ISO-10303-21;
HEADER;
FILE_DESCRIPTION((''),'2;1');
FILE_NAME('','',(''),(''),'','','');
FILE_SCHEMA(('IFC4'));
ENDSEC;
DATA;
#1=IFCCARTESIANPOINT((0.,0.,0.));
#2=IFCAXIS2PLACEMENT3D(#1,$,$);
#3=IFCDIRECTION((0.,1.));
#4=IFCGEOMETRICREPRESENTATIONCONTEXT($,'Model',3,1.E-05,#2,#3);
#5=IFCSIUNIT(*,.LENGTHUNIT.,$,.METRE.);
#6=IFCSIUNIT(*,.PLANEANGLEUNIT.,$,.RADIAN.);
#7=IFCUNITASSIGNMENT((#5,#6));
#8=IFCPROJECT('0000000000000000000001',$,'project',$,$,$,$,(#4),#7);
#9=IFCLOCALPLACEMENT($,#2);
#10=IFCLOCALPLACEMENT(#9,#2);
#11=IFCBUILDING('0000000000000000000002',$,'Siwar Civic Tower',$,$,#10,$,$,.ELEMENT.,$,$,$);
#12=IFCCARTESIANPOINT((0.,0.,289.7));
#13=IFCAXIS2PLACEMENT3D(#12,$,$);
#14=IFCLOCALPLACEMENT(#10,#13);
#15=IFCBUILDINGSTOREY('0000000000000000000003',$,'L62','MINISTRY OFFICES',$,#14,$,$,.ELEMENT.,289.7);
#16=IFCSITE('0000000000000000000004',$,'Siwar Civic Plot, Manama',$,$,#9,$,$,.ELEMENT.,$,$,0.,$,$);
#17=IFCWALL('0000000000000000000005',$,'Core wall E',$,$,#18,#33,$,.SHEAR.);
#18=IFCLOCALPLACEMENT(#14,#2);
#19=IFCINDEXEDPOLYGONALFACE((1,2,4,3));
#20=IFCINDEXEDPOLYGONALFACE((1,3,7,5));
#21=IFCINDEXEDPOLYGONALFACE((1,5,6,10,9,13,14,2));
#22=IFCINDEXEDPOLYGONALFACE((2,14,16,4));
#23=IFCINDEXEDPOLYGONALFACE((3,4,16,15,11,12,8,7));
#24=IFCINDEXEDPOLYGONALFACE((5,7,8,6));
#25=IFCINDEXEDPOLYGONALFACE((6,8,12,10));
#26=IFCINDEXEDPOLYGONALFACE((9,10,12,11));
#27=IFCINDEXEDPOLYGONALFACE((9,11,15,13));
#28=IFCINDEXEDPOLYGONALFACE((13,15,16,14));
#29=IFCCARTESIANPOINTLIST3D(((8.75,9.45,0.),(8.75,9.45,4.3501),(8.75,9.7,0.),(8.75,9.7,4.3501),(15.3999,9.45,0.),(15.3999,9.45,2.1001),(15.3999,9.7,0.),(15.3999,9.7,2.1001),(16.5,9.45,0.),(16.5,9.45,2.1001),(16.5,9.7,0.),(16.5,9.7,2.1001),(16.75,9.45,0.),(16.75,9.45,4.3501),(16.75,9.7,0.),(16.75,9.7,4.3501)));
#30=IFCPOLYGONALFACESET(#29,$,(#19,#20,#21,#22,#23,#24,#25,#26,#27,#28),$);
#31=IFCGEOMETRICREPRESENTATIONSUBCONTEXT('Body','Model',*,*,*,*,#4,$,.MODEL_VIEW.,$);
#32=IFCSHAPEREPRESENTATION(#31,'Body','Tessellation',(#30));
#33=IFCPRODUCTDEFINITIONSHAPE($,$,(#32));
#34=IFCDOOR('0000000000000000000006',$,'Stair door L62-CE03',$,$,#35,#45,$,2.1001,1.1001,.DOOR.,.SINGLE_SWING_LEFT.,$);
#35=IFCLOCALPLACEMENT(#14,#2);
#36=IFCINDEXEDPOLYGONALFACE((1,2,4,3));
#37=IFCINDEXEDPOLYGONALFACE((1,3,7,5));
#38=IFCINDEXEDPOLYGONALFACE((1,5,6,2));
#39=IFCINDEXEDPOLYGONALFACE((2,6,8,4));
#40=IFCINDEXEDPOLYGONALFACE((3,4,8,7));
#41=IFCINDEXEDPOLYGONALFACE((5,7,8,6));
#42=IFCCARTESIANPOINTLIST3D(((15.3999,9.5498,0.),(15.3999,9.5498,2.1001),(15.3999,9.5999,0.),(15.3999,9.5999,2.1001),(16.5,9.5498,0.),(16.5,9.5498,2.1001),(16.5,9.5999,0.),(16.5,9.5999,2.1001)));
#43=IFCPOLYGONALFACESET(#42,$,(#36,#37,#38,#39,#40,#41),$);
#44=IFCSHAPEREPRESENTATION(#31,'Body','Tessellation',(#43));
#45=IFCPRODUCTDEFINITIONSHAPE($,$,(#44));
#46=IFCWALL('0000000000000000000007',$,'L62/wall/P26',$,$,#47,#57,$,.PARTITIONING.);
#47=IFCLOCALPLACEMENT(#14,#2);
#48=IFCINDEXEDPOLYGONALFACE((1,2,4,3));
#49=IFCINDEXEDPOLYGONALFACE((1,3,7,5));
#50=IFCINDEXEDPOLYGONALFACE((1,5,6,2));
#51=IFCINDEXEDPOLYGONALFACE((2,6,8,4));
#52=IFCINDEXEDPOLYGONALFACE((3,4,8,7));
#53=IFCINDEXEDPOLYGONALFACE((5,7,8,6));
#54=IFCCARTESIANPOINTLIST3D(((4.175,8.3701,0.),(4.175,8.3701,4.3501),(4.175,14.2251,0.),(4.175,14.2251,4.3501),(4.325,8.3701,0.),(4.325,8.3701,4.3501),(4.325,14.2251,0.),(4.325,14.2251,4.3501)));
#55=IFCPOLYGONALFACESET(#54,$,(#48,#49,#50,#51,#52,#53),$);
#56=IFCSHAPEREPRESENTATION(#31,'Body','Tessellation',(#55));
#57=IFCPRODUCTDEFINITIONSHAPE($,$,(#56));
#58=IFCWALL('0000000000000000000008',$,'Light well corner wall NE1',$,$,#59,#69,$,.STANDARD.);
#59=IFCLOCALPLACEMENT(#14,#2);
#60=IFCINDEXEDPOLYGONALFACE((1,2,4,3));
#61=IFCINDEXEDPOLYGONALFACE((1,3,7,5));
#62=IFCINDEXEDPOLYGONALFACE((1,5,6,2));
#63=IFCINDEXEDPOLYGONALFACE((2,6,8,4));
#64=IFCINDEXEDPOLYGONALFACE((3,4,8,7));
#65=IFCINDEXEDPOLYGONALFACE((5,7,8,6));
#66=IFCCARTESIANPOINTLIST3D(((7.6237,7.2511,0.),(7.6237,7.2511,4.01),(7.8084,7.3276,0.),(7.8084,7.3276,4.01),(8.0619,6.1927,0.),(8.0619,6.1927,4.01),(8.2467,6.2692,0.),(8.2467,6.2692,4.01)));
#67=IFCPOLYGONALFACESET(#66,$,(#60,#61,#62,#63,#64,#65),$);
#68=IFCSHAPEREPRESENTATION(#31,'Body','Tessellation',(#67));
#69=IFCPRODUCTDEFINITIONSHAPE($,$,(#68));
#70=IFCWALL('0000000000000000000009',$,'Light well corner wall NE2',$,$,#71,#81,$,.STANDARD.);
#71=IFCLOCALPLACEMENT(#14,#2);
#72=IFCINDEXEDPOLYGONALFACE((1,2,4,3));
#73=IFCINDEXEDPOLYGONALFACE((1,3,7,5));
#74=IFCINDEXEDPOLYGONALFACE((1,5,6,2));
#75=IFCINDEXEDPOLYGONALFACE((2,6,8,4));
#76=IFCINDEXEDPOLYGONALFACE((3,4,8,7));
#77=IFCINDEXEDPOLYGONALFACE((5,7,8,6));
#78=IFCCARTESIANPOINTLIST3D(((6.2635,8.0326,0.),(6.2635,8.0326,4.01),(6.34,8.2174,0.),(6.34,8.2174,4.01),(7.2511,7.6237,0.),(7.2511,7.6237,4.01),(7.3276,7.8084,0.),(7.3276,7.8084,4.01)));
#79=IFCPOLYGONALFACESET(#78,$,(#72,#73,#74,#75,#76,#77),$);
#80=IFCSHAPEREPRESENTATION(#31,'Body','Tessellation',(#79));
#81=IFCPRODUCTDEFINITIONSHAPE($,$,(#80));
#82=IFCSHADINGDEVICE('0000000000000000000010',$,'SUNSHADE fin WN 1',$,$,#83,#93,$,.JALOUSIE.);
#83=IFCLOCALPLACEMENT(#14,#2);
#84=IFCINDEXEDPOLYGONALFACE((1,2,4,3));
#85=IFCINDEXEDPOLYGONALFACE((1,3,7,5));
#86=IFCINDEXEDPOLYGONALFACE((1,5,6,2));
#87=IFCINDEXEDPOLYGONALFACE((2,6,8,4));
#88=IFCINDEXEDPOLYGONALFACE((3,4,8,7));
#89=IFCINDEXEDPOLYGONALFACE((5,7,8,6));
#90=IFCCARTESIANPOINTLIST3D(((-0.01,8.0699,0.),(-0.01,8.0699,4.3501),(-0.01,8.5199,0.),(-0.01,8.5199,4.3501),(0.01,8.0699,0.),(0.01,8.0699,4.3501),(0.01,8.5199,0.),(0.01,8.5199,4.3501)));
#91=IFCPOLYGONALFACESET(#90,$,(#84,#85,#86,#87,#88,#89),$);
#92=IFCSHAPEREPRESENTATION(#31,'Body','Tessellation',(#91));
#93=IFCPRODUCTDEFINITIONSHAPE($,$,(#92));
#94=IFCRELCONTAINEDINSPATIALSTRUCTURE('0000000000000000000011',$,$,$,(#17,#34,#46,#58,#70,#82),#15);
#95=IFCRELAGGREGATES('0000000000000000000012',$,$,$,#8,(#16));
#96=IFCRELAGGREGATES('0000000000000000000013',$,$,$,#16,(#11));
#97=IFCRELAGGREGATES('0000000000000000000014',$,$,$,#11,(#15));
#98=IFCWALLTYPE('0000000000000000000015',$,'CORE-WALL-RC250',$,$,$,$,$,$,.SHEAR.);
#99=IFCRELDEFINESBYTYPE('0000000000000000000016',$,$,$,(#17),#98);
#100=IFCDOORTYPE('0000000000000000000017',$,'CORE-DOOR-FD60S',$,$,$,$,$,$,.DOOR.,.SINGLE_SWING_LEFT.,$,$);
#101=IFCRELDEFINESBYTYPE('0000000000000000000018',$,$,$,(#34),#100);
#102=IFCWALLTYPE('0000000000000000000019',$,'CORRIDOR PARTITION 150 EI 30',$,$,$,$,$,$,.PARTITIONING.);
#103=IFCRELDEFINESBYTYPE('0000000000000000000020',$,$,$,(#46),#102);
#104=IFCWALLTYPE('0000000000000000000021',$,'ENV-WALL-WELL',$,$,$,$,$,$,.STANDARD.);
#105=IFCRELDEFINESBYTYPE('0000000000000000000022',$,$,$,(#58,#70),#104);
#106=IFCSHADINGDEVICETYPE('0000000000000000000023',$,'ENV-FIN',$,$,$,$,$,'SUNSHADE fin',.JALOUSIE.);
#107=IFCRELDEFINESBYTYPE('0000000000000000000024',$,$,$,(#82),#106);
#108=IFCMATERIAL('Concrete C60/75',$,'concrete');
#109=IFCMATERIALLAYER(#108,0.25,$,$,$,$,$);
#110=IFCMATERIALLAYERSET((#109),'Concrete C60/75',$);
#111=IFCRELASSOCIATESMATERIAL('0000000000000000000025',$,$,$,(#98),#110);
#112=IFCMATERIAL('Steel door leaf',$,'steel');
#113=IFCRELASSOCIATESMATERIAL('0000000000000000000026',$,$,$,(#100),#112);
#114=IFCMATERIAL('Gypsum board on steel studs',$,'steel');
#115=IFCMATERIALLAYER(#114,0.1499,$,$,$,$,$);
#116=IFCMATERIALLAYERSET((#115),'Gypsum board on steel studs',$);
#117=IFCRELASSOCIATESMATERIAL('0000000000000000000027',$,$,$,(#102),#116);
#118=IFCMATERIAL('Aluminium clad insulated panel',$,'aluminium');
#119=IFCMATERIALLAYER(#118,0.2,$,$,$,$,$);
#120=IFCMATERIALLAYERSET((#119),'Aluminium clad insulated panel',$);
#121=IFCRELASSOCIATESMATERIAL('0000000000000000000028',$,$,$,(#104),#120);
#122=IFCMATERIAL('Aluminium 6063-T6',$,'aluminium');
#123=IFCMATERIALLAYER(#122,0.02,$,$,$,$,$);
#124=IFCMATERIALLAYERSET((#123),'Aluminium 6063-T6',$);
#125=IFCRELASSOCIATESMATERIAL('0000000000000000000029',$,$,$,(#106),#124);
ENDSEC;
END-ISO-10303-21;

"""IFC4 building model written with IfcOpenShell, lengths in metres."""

from ifc_helpers import new_model, si_unit, direction, frame, frame_2d, origin, origin_2d, place, context, subcontext, project, spatial, rectangle, extrude, material, layer, layer_set, type_object, element, fill, save


model = new_model("IFC4")

# Units and contexts
model_context = context("Model", 3, precision=1e-05, world=origin(), true_north=direction((0.0, 1.0)))
body_context = subcontext(model_context, "Body", "Model", "MODEL_VIEW")
ifc_project = project(units=[si_unit("LENGTHUNIT", "METRE"), si_unit("PLANEANGLEUNIT", "RADIAN")], contexts=[model_context])

# Site, building, storey
site_placement = place(None, origin())
site = spatial("IfcSite", under=ifc_project, at=site_placement, Name="Siwar Civic Plot, Manama", CompositionType="ELEMENT", RefElevation=0.0)
building_placement = place(site_placement, origin())
building = spatial("IfcBuilding", under=site, at=building_placement, Name="Siwar Civic Tower", CompositionType="ELEMENT")
storey_placement = place(building_placement, frame((0.0, 0.0, 289.7)))
storey = spatial("IfcBuildingStorey", under=building, at=storey_placement, Name="L62", Description="MINISTRY OFFICES", CompositionType="ELEMENT", Elevation=289.7)

# Shared definitions
ifc_material_1 = material(Name="Concrete C60/75", Category="concrete")
ifc_layer_1 = layer(ifc_material_1, 0.25)
ifc_layer_set_1 = layer_set([ifc_layer_1], Name="Concrete C60/75")
wall_type_1 = type_object("IfcWallType", Name="CORE-WALL-RC250", PredefinedType="SHEAR", material=ifc_layer_set_1)

# Wall, opening, door
wall_1_placement = place(storey_placement, frame((8.75, 9.575, 0.0), z_axis=(0.0, 0.0, 1.0), x_axis=(1.0, 0.0, 0.0)))
wall_1 = element("IfcWall", 1, at=wall_1_placement, inside=storey, type_object=wall_type_1, Name="Core wall E", PredefinedType="SHEAR", context=body_context, shape_type="SweptSolid", body=[
    extrude(rectangle(XDim=8.0, YDim=0.25, at=frame_2d((4.0, 0.0))), origin(), (0.0, 0.0, 1.0), 4.3501),
])
opening_1_placement = place(wall_1_placement, frame((6.6499, 0.0, 0.0)))
opening_1 = element("IfcOpeningElement", 2, at=opening_1_placement, cuts=wall_1, PredefinedType="OPENING", context=body_context, shape_type="SweptSolid", body=[
    extrude(rectangle(XDim=1.1001, YDim=2.1001, at=frame_2d((0.55, 1.05))), frame((0.0, 0.135, 0.0), z_axis=(0.0, -1.0, 0.0), x_axis=(1.0, 0.0, 0.0)), (0.0, 0.0, 1.0), 0.27),
])
ifc_material_2 = material(Name="Steel door leaf", Category="steel")
door_type_1 = type_object("IfcDoorType", Name="CORE-DOOR-FD60S", OperationType="SINGLE_SWING_LEFT", PredefinedType="DOOR", material=ifc_material_2)
door_1_placement = place(opening_1_placement, origin())
door_1 = element("IfcDoor", 3, at=door_1_placement, inside=storey, type_object=door_type_1, Name="Stair door L62-CE03", OperationType="SINGLE_SWING_LEFT", OverallHeight=2.1001, OverallWidth=1.1001, PredefinedType="DOOR", context=body_context, shape_type="SweptSolid", body=[
    extrude(rectangle(XDim=1.1001, YDim=2.1001, at=frame_2d((0.55, 1.05))), frame((0.0, 0.0249, 0.0), z_axis=(0.0, -1.0, 0.0), x_axis=(1.0, 0.0, 0.0)), (0.0, 0.0, 1.0), 0.05),
])
fill(opening_1, door_1)

# Walls
ifc_material_3 = material(Name="Gypsum board on steel studs", Category="steel")
ifc_layer_2 = layer(ifc_material_3, 0.1499)
ifc_layer_set_2 = layer_set([ifc_layer_2], Name="Gypsum board on steel studs")
wall_type_2 = type_object("IfcWallType", Name="CORRIDOR PARTITION 150 EI 30", PredefinedType="PARTITIONING", material=ifc_layer_set_2)
wall_2_placement = place(storey_placement, frame((4.25, 8.3701, 0.0), z_axis=(0.0, 0.0, 1.0), x_axis=(0.0, 1.0, 0.0)))
element("IfcWall", 4, at=wall_2_placement, inside=storey, type_object=wall_type_2, Name="L62/wall/P26", PredefinedType="PARTITIONING", context=body_context, shape_type="SweptSolid", body=[
    extrude(rectangle(XDim=5.855, YDim=0.1499, at=frame_2d((2.9275, 0.0))), origin(), (0.0, 0.0, 1.0), 4.3501),
])
ifc_material_4 = material(Name="Aluminium clad insulated panel", Category="aluminium")
ifc_layer_3 = layer(ifc_material_4, 0.2)
ifc_layer_set_3 = layer_set([ifc_layer_3], Name="Aluminium clad insulated panel")
wall_type_3 = type_object("IfcWallType", Name="ENV-WALL-WELL", PredefinedType="STANDARD", material=ifc_layer_set_3)
wall_3_placement = place(storey_placement, frame((8.1543, 6.231, 0.0), z_axis=(0.0, 0.0, 1.0), x_axis=(-0.382571, 0.923926, 0.0)))
element("IfcWall", 5, at=wall_3_placement, inside=storey, type_object=wall_type_3, Name="Light well corner wall NE1", PredefinedType="STANDARD", context=body_context, shape_type="SweptSolid", body=[
    extrude(rectangle(XDim=1.1455, YDim=0.2, at=frame_2d((0.5728, 0.0))), origin(), (0.0, 0.0, 1.0), 4.01),
])
wall_4_placement = place(storey_placement, frame((7.2893, 7.7161, 0.0), z_axis=(0.0, 0.0, 1.0), x_axis=(-0.923919, 0.382587, 0.0)))
element("IfcWall", 6, at=wall_4_placement, inside=storey, type_object=wall_type_3, Name="Light well corner wall NE2", PredefinedType="STANDARD", context=body_context, shape_type="SweptSolid", body=[
    extrude(rectangle(XDim=1.0688, YDim=0.2, at=frame_2d((0.5344, 0.0))), origin(), (0.0, 0.0, 1.0), 4.01),
])

# Shading device
ifc_material_5 = material(Name="Aluminium 6063-T6", Category="aluminium")
ifc_layer_4 = layer(ifc_material_5, 0.02)
ifc_layer_set_4 = layer_set([ifc_layer_4], Name="Aluminium 6063-T6")
shading_device_type = type_object("IfcShadingDeviceType", Name="ENV-FIN", ElementType="SUNSHADE fin", PredefinedType="JALOUSIE", material=ifc_layer_set_4)
shading_device_placement = place(storey_placement, frame((0.0, 8.2949, 0.0), z_axis=(0.0, 0.0, 1.0), x_axis=(-1.0, 0.0, 0.0)))
element("IfcShadingDevice", 7, at=shading_device_placement, inside=storey, type_object=shading_device_type, Name="SUNSHADE fin WN 1", PredefinedType="JALOUSIE", context=body_context, shape_type="SweptSolid", body=[
    extrude(rectangle(XDim=0.02, YDim=0.45, at=origin_2d()), origin(), (0.0, 0.0, 1.0), 4.3501),
])

save(model, "model.ifc")
